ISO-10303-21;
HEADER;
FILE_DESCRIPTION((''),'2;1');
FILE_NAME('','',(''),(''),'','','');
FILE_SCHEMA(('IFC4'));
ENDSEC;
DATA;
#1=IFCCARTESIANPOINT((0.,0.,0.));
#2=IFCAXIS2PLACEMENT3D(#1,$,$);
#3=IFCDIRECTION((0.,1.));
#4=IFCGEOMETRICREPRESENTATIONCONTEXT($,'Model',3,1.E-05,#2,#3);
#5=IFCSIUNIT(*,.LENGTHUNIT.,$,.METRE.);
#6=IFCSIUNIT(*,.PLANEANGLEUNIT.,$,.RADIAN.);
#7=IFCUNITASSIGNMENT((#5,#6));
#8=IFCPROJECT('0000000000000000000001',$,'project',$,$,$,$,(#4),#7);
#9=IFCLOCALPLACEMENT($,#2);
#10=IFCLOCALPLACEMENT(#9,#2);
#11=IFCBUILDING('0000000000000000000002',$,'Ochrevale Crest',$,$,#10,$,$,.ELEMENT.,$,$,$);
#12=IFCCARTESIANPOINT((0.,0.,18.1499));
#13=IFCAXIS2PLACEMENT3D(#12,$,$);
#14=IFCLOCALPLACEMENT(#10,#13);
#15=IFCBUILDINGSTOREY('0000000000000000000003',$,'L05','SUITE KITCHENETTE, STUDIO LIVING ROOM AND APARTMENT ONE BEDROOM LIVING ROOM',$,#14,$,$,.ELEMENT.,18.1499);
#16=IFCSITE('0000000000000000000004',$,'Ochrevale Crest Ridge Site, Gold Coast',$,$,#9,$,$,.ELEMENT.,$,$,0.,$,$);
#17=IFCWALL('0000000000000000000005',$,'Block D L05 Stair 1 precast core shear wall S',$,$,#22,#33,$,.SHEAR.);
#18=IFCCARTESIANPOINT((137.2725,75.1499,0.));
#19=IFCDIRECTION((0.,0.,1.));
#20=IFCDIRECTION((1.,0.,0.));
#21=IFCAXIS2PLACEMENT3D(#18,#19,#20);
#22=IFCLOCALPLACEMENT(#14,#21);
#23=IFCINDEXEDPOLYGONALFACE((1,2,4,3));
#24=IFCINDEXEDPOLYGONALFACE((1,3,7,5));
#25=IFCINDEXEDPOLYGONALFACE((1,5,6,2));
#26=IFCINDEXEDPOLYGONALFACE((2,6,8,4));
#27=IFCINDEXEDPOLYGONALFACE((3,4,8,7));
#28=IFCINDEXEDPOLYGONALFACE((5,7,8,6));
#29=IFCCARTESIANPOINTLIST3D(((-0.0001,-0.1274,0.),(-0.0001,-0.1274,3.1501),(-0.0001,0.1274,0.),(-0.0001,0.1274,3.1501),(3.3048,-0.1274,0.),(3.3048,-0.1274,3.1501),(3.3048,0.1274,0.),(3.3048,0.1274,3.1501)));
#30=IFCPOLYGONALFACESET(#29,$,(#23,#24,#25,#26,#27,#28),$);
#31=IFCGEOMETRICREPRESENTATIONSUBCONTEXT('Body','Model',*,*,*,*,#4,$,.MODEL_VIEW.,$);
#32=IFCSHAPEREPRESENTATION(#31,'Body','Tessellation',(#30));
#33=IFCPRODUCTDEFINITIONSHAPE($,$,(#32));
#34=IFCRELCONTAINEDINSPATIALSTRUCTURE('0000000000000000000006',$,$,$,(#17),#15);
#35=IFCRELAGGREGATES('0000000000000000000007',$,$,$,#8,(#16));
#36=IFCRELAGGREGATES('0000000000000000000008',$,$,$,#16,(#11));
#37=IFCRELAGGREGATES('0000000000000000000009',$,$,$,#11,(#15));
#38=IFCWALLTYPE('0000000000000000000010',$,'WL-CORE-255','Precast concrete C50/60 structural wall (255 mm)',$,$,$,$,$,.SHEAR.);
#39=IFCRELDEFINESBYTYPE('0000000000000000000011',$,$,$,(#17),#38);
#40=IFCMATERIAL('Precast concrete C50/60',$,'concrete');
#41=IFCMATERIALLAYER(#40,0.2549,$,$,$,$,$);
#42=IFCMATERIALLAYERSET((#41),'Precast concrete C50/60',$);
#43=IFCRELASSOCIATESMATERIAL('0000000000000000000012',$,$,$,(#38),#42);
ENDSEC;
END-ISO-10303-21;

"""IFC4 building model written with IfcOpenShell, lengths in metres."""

from ifc_helpers import new_model, si_unit, direction, frame, frame_2d, origin, place, context, subcontext, project, spatial, rectangle, extrude, material, layer, layer_set, type_object, element, save


model = new_model("IFC4")

# Units and contexts
model_context = context("Model", 3, precision=1e-05, world=origin(), true_north=direction((0.0, 1.0)))
body_context = subcontext(model_context, "Body", "Model", "MODEL_VIEW")
ifc_project = project(units=[si_unit("LENGTHUNIT", "METRE"), si_unit("PLANEANGLEUNIT", "RADIAN")], contexts=[model_context])

# Site, building, storey
site_placement = place(None, origin())
site = spatial("IfcSite", under=ifc_project, at=site_placement, Name="Ochrevale Crest Ridge Site, Gold Coast", CompositionType="ELEMENT", RefElevation=0.0)
building_placement = place(site_placement, origin())
building = spatial("IfcBuilding", under=site, at=building_placement, Name="Ochrevale Crest", CompositionType="ELEMENT")
storey_placement = place(building_placement, frame((0.0, 0.0, 18.1499)))
storey = spatial("IfcBuildingStorey", under=building, at=storey_placement, Name="L05", Description="SUITE KITCHENETTE, STUDIO LIVING ROOM AND APARTMENT ONE BEDROOM LIVING ROOM", CompositionType="ELEMENT", Elevation=18.1499)

# Shared definitions
ifc_material_1 = material(Name="Precast concrete C50/60", Category="concrete")

# Wall
ifc_layer_1 = layer(ifc_material_1, 0.2549)
ifc_layer_set_1 = layer_set([ifc_layer_1], Name="Precast concrete C50/60")
wall_type_1 = type_object("IfcWallType", Name="WL-CORE-255", Description="Precast concrete C50/60 structural wall (255 mm)", PredefinedType="SHEAR", material=ifc_layer_set_1)
wall_1_placement = place(storey_placement, frame((137.2725, 75.1499, 0.0), z_axis=(0.0, 0.0, 1.0), x_axis=(1.0, 0.0, 0.0)))
element("IfcWall", 1, at=wall_1_placement, inside=storey, type_object=wall_type_1, Name="Block D L05 Stair 1 precast core shear wall S", PredefinedType="SHEAR", context=body_context, shape_type="SweptSolid", body=[
    extrude(rectangle(XDim=3.3049, YDim=0.2549, at=frame_2d((1.6523, 0.0))), origin(), (0.0, 0.0, 1.0), 3.1501),
])

save(model, "model.ifc")
